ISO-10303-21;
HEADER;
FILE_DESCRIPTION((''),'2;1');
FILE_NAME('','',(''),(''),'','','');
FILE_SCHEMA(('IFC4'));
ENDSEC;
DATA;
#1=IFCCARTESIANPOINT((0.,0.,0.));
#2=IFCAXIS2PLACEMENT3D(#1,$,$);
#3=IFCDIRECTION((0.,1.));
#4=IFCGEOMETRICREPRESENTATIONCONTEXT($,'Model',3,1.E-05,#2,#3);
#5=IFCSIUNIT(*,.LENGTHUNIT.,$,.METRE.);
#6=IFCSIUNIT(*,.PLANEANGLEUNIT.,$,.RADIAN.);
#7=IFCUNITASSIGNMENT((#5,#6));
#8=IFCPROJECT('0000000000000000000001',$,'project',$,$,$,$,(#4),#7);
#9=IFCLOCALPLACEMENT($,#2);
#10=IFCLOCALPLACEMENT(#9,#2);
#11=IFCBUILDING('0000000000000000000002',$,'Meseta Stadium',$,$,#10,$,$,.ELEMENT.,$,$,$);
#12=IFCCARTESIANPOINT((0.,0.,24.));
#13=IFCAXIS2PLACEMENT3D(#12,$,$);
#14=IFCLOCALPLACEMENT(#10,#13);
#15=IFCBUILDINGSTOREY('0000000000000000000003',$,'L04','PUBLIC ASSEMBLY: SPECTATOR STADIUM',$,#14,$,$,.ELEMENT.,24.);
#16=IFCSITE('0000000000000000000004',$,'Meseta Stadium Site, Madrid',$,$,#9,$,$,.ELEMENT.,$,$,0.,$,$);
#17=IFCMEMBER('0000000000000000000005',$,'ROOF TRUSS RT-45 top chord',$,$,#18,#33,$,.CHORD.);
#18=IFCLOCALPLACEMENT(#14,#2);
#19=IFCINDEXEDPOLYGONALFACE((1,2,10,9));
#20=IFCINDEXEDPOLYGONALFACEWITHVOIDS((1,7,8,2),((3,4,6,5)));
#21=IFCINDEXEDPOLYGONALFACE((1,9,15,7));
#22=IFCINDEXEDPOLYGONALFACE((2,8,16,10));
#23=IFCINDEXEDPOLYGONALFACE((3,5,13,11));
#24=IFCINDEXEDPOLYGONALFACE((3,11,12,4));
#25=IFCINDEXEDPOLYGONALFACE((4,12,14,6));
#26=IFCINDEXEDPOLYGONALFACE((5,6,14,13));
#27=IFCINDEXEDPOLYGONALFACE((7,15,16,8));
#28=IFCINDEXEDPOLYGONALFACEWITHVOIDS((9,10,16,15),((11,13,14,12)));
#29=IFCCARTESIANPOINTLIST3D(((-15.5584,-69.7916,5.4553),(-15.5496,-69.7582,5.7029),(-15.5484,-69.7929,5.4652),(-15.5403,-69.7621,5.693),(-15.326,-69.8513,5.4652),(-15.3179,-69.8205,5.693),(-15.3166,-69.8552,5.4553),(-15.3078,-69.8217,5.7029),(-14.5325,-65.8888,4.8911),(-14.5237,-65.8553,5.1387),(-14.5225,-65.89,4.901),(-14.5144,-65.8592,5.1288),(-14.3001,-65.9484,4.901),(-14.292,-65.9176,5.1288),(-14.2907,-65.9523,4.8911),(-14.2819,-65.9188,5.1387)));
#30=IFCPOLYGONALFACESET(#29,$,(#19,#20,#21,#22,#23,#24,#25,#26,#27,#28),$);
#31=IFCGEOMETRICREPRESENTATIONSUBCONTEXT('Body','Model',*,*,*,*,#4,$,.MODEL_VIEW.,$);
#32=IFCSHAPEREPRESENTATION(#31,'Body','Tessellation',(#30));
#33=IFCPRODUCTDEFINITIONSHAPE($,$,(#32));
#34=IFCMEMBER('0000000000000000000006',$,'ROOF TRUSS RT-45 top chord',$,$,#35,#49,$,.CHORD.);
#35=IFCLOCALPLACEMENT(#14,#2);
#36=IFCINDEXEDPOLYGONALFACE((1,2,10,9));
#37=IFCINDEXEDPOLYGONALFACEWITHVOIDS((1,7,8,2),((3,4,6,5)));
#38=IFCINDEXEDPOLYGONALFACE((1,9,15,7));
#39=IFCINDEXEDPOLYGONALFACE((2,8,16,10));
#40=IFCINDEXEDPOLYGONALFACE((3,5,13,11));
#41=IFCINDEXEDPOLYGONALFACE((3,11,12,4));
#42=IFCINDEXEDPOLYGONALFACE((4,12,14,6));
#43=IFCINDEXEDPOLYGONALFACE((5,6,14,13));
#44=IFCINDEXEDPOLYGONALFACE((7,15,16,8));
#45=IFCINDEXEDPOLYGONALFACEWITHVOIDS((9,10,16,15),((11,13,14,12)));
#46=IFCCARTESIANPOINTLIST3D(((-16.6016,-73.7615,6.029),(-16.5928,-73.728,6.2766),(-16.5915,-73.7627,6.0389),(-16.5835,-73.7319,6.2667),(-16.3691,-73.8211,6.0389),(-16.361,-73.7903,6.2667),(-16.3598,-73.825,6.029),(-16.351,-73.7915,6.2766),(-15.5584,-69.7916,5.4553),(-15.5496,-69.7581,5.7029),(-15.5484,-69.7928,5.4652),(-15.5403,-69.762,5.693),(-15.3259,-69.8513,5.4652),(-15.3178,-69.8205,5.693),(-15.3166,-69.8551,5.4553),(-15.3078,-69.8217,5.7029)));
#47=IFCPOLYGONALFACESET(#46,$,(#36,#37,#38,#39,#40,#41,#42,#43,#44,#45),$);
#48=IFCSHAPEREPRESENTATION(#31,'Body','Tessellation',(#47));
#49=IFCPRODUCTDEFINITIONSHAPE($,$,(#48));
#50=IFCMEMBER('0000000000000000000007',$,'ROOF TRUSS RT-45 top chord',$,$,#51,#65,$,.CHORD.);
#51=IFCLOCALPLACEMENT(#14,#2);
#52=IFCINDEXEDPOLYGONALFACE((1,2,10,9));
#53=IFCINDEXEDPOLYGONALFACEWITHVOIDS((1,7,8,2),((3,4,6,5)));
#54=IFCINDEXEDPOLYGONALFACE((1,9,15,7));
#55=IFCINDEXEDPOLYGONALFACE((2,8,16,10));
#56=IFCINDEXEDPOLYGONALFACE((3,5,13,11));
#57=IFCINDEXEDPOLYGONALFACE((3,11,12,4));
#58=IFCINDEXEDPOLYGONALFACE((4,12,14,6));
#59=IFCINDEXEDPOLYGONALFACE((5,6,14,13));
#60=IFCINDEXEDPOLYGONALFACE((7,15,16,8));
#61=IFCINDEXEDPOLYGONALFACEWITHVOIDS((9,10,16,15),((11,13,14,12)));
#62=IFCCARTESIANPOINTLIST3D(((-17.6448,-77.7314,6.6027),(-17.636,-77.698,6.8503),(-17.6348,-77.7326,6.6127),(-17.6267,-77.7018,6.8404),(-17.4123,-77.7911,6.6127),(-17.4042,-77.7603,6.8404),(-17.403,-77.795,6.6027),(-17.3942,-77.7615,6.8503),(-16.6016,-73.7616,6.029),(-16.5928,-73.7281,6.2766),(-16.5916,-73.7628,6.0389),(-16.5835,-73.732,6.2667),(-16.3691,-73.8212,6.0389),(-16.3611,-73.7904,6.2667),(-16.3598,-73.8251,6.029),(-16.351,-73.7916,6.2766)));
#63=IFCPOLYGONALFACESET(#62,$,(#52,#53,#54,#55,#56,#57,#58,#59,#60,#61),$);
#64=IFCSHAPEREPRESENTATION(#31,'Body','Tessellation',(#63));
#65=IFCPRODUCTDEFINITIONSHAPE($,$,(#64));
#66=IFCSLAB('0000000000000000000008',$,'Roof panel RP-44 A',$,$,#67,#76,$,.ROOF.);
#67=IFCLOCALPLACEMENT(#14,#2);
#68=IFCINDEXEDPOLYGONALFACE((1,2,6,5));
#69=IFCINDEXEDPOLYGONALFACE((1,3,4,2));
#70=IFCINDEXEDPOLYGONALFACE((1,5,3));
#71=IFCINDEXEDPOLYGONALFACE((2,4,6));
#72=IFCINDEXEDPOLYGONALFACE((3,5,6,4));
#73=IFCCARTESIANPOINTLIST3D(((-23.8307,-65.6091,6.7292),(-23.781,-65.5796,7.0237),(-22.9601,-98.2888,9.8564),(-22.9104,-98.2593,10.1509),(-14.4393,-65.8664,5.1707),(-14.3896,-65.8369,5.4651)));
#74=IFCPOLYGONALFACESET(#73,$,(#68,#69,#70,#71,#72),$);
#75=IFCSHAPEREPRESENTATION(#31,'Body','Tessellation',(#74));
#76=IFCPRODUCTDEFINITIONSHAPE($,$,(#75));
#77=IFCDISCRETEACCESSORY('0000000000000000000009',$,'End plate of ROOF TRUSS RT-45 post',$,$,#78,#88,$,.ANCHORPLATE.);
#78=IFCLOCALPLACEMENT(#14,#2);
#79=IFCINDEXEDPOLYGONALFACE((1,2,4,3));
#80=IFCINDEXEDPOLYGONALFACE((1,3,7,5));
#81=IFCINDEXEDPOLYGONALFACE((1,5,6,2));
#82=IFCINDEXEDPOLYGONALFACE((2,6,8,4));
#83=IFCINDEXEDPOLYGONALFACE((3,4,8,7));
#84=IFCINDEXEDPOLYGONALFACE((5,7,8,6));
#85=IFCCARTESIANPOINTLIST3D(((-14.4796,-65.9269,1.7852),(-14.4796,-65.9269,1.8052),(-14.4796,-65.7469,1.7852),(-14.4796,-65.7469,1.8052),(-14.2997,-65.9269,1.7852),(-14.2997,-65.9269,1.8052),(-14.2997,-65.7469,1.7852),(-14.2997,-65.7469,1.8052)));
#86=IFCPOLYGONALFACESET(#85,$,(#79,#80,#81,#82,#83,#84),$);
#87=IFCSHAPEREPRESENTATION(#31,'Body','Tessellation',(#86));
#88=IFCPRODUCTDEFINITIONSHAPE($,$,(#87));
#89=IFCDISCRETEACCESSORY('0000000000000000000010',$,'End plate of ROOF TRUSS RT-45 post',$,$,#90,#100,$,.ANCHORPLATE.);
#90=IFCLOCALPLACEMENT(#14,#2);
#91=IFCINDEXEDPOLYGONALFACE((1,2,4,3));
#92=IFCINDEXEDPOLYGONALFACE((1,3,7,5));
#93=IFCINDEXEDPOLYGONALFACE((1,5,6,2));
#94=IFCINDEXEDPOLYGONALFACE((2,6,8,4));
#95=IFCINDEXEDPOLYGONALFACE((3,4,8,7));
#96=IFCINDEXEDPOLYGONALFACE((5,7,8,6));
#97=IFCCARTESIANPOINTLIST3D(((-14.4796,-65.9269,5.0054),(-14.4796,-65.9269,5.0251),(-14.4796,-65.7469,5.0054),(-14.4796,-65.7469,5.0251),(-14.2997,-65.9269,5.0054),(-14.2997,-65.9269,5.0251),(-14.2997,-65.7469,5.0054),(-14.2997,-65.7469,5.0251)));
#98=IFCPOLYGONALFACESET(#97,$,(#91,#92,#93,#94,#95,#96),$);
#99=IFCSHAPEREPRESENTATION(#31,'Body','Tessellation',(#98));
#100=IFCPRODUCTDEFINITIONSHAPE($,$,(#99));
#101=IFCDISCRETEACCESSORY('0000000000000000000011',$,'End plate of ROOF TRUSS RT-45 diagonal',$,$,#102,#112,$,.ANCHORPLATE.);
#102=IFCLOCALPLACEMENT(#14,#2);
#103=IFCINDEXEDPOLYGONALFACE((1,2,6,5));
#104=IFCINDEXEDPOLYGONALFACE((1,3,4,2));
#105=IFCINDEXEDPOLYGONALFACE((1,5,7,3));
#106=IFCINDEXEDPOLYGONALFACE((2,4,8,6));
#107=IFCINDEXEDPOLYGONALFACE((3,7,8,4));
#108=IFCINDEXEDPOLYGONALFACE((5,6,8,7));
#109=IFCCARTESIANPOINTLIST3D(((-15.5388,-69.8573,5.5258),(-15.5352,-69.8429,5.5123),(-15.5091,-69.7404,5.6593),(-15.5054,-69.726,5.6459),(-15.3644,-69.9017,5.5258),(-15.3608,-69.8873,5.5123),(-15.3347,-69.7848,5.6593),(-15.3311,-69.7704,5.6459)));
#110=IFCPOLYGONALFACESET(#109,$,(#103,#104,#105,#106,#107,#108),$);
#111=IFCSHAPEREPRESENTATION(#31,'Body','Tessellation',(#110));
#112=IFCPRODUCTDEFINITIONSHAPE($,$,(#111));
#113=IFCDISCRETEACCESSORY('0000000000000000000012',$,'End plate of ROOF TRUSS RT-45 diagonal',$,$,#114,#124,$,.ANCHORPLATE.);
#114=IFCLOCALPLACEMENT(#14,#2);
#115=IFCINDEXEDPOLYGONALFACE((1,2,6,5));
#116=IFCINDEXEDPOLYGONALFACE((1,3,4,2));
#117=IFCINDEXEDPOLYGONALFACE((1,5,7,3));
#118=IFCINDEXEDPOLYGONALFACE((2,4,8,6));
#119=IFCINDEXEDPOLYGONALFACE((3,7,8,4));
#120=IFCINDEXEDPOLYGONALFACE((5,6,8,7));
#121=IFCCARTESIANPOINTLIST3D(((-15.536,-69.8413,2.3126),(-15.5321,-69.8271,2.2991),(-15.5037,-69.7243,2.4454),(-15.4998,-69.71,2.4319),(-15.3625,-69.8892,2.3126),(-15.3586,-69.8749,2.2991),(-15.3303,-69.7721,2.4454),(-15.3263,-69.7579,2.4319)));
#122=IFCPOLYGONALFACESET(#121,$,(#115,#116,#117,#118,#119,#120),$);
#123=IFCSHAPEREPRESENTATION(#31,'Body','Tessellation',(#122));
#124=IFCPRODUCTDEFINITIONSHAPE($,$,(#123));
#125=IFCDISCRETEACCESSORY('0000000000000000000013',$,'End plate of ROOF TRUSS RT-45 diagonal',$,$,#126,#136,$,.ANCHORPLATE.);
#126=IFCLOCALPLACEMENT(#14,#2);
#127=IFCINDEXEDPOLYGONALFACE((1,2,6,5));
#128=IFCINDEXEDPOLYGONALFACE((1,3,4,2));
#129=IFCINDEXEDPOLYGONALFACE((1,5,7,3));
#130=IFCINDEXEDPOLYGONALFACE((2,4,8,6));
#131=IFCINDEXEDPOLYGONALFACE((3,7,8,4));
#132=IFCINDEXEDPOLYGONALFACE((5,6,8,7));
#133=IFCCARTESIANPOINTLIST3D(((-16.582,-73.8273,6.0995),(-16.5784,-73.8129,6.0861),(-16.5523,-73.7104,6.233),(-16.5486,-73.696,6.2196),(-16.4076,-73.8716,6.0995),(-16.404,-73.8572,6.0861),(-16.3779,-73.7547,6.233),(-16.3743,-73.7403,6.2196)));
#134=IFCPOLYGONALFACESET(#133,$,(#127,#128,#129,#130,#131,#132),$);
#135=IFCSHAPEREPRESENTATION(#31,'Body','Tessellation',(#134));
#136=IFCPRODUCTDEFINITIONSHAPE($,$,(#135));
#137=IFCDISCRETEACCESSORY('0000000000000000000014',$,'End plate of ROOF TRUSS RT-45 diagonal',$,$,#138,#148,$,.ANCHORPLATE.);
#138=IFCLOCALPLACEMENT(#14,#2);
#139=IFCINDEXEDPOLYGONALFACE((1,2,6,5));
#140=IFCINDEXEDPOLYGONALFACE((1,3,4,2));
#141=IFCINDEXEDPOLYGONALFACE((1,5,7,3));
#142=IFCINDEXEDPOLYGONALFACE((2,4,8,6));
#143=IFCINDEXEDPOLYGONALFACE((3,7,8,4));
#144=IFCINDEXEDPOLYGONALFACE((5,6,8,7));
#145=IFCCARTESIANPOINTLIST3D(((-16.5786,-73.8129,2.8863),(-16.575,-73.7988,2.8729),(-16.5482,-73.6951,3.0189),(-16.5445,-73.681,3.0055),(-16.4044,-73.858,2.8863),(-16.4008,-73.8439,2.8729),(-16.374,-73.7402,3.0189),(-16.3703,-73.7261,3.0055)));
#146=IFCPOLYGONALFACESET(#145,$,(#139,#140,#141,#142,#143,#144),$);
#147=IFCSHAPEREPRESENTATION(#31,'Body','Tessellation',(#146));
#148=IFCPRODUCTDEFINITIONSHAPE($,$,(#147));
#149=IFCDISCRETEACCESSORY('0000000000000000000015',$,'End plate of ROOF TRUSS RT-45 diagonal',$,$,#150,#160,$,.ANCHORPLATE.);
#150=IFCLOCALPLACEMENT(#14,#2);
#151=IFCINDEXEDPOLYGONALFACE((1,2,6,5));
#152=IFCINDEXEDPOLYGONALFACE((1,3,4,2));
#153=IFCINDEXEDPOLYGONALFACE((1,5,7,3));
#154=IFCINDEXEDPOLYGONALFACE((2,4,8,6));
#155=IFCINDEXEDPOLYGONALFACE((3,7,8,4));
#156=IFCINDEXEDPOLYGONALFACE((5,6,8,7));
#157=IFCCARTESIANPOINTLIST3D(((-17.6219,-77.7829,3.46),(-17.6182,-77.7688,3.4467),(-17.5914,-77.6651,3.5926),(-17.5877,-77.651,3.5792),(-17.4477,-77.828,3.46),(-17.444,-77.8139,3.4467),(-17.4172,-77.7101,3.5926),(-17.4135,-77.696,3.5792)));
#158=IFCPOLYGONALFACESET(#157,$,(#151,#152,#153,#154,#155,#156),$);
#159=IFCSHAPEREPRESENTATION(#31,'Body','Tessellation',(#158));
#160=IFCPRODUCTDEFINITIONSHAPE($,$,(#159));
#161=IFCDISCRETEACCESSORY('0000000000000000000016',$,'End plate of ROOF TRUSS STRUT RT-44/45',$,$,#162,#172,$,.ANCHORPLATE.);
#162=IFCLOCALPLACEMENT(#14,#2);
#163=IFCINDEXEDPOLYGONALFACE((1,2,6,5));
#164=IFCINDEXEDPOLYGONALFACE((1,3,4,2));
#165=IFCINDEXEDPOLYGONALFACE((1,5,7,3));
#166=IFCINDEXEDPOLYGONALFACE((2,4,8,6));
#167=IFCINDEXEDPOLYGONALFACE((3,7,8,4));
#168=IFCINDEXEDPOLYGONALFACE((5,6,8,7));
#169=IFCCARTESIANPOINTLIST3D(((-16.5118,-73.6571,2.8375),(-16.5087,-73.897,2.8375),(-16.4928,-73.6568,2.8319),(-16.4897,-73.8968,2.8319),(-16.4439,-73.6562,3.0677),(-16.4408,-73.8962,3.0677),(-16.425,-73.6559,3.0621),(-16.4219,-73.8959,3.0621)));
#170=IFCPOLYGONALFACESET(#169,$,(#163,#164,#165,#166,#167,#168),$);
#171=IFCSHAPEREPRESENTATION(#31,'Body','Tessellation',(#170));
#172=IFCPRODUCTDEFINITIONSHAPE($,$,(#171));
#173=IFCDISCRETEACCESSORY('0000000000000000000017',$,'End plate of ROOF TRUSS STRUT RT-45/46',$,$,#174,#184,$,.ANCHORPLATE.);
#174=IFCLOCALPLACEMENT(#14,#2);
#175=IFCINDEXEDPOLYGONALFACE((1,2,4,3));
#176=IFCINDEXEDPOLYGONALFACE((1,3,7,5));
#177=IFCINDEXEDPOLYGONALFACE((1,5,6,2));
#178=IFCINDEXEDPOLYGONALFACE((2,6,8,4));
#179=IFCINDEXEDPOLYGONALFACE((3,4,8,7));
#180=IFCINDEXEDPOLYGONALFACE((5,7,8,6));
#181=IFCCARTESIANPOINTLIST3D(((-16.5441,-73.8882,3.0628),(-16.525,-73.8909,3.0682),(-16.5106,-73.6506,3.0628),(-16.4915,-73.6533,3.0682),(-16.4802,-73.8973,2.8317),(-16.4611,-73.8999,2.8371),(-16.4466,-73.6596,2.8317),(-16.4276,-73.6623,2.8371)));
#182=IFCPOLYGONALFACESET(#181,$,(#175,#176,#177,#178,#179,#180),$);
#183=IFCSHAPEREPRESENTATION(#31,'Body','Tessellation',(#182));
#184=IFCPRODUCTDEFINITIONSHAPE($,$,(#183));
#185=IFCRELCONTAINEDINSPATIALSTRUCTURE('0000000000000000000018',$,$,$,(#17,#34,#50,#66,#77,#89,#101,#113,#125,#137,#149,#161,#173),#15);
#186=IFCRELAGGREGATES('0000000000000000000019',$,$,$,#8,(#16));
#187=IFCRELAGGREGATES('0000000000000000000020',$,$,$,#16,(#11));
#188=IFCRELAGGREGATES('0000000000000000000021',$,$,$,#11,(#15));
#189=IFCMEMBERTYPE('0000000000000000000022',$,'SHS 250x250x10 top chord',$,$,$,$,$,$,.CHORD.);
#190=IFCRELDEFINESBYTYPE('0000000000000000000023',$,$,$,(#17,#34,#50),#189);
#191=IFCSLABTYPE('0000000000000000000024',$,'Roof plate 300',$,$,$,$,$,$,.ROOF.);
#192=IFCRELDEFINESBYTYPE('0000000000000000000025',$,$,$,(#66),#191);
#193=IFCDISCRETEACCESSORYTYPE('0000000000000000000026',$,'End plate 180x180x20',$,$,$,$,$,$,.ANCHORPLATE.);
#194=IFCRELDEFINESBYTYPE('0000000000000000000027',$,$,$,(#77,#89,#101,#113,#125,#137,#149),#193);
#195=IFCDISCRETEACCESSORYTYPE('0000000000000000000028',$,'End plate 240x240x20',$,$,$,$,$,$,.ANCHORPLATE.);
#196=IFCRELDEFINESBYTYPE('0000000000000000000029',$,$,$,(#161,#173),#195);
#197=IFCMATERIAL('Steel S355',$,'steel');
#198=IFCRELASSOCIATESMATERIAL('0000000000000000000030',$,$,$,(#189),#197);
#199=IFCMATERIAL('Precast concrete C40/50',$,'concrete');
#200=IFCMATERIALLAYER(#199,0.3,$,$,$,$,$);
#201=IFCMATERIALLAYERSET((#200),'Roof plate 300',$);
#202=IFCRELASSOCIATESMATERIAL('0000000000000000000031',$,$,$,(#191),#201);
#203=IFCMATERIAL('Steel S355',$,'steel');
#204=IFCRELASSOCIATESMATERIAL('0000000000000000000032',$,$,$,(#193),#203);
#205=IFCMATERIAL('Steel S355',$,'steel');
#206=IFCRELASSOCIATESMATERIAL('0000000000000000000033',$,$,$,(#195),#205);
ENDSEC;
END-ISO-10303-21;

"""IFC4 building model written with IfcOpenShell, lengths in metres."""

from ifc_helpers import new_model, si_unit, direction, frame, origin, origin_2d, place, context, subcontext, project, spatial, polyline, rectangle, hollow_rectangle, outline, extrude, material, layer, layer_set, material_profile, profile_set, type_object, element, save


model = new_model("IFC4")

# Units and contexts
model_context = context("Model", 3, precision=1e-05, world=origin(), true_north=direction((0.0, 1.0)))
body_context = subcontext(model_context, "Body", "Model", "MODEL_VIEW")
ifc_project = project(units=[si_unit("LENGTHUNIT", "METRE"), si_unit("PLANEANGLEUNIT", "RADIAN")], contexts=[model_context])

# Site, building, storey
site_placement = place(None, origin())
site = spatial("IfcSite", under=ifc_project, at=site_placement, Name="Meseta Stadium Site, Madrid", CompositionType="ELEMENT", RefElevation=0.0)
building_placement = place(site_placement, origin())
building = spatial("IfcBuilding", under=site, at=building_placement, Name="Meseta Stadium", CompositionType="ELEMENT")
storey_placement = place(building_placement, frame((0.0, 0.0, 24.0)))
storey = spatial("IfcBuildingStorey", under=building, at=storey_placement, Name="L04", Description="PUBLIC ASSEMBLY: SPECTATOR STADIUM", CompositionType="ELEMENT", Elevation=24.0)

# Members
ifc_material_1 = material(Name="Steel S355", Category="steel")
ifc_material_profile_1 = material_profile(ifc_material_1, hollow_rectangle(XDim=0.25, YDim=0.25, WallThickness=0.01, at=origin_2d()), Name="SHS 250x250x10")
ifc_profile_set_1 = profile_set([ifc_material_profile_1], Name="Steel S355")
member_type_1 = type_object("IfcMemberType", Name="SHS 250x250x10 top chord", PredefinedType="CHORD", material=ifc_profile_set_1)
member_1_placement = place(storey_placement, frame((-14.4072, -65.9038, 5.0149), z_axis=(-0.25177, -0.95783, 0.138468), x_axis=(0.967147, -0.254219, 0.0)))
element("IfcMember", 1, at=member_1_placement, inside=storey, type_object=member_type_1, Name="ROOF TRUSS RT-45 top chord", PredefinedType="CHORD", context=body_context, shape_type="SweptSolid", body=[
    extrude(hollow_rectangle(XDim=0.25, YDim=0.25, WallThickness=0.01, at=origin_2d()), origin(), (0.0, 0.0, 1.0), 4.0747),
])
for number, where, z_axis, x_axis, name in (
    (2, (-15.4331, -69.8066, 5.5791), (-0.251701, -0.957854, 0.138427), (0.967165, -0.254148, 0.0), "ROOF TRUSS RT-45 top chord"),
    (3, (-16.4763, -73.7766, 6.1528), (-0.251701, -0.957854, 0.138427), (0.967165, -0.254148, 0.0), "ROOF TRUSS RT-45 top chord"),
):
    element("IfcMember", number, at=place(storey_placement, frame(where, z_axis=z_axis, x_axis=x_axis)), inside=storey, type_object=member_type_1, Name=name, PredefinedType="CHORD", context=body_context, shape_type="SweptSolid", body=[
        extrude(hollow_rectangle(XDim=0.25, YDim=0.25, WallThickness=0.01, at=origin_2d()), origin(), (0.0, 0.0, 1.0), 4.1445),
    ])

# Slab
ifc_material_2 = material(Name="Precast concrete C40/50", Category="concrete")
ifc_layer = layer(ifc_material_2, 0.3)
ifc_layer_set = layer_set([ifc_layer], Name="Roof plate 300")
slab_type = type_object("IfcSlabType", Name="Roof plate 300", PredefinedType="ROOF", material=ifc_layer_set)
slab_placement = place(storey_placement, frame((-14.3896, -65.8369, 5.4651), z_axis=(0.165549, 0.098312, 0.981289), x_axis=(-0.251727, -0.957847, 0.138431)))
element("IfcSlab", 4, at=slab_placement, inside=storey, type_object=slab_type, Name="Roof panel RP-44 A", PredefinedType="ROOF", context=body_context, shape_type="SweptSolid", body=[
    extrude(outline(polyline([(0.0, 0.0), (33.8492, 0.0), (2.3333, -9.233), (0.0, 0.0)])), origin(), (0.0, 0.0, -1.0), 0.3),
])

# Discrete accessories
ifc_material_3 = material(Name="Steel S355", Category="steel")
ifc_material_profile_2 = material_profile(ifc_material_3, rectangle(XDim=0.1799, YDim=0.1799, at=origin_2d()), Name="PL 180x180")
ifc_profile_set_2 = profile_set([ifc_material_profile_2], Name="Steel S355")
discrete_accessory_type_1 = type_object("IfcDiscreteAccessoryType", Name="End plate 180x180x20", PredefinedType="ANCHORPLATE", material=ifc_profile_set_2)
discrete_accessory_1_placement = place(storey_placement, frame((-14.3896, -65.8369, 1.7852), z_axis=(0.0, 0.0, 1.0), x_axis=(1.0, 0.0, 0.0)))
element("IfcDiscreteAccessory", 5, at=discrete_accessory_1_placement, inside=storey, type_object=discrete_accessory_type_1, Name="End plate of ROOF TRUSS RT-45 post", PredefinedType="ANCHORPLATE", context=body_context, shape_type="SweptSolid", body=[
    extrude(rectangle(XDim=0.1799, YDim=0.1799, at=origin_2d()), origin(), (0.0, 0.0, 1.0), 0.02),
])
discrete_accessory_2_placement = place(storey_placement, frame((-14.3896, -65.8369, 5.0054), z_axis=(0.0, 0.0, 1.0), x_axis=(1.0, 0.0, 0.0)))
element("IfcDiscreteAccessory", 6, at=discrete_accessory_2_placement, inside=storey, type_object=discrete_accessory_type_1, Name="End plate of ROOF TRUSS RT-45 post", PredefinedType="ANCHORPLATE", context=body_context, shape_type="SweptSolid", body=[
    extrude(rectangle(XDim=0.1799, YDim=0.1799, at=origin_2d()), origin(), (0.0, 0.0, 1.0), 0.0198),
])
for number, where, z_axis, x_axis, name in (
    (7, (-15.4331, -69.8066, 5.5791), (-0.182832, -0.719138, 0.670383), (0.969169, -0.246399, 0.0), "End plate of ROOF TRUSS RT-45 diagonal"),
    (8, (-15.4292, -69.7925, 2.3655), (-0.196278, -0.711509, 0.674707), (0.963993, -0.265929, 0.0), "End plate of ROOF TRUSS RT-45 diagonal"),
    (9, (-16.4763, -73.7766, 6.1528), (-0.182832, -0.719138, 0.670383), (0.969169, -0.246399, 0.0), "End plate of ROOF TRUSS RT-45 diagonal"),
):
    element("IfcDiscreteAccessory", number, at=place(storey_placement, frame(where, z_axis=z_axis, x_axis=x_axis)), inside=storey, type_object=discrete_accessory_type_1, Name=name, PredefinedType="ANCHORPLATE", context=body_context, shape_type="SweptSolid", body=[
        extrude(rectangle(XDim=0.1799, YDim=0.1799, at=origin_2d()), origin(), (0.0, 0.0, 1.0), 0.02),
    ])
for number, where, z_axis, x_axis, name in (
    (10, (-16.4727, -73.7625, 2.9392), (-0.184442, -0.713175, 0.676286), (0.968147, -0.250383, 0.0), "End plate of ROOF TRUSS RT-45 diagonal"),
    (11, (-17.5159, -77.7324, 3.5129), (-0.184442, -0.713175, 0.676286), (0.968147, -0.250383, 0.0), "End plate of ROOF TRUSS RT-45 diagonal"),
):
    element("IfcDiscreteAccessory", number, at=place(storey_placement, frame(where, z_axis=z_axis, x_axis=x_axis)), inside=storey, type_object=discrete_accessory_type_1, Name=name, PredefinedType="ANCHORPLATE", context=body_context, shape_type="SweptSolid", body=[
        extrude(rectangle(XDim=0.1799, YDim=0.1799, at=origin_2d()), origin(), (0.0, 0.0, 1.0), 0.0198),
    ])
ifc_material_4 = material(Name="Steel S355", Category="steel")
ifc_material_profile_3 = material_profile(ifc_material_4, rectangle(XDim=0.24, YDim=0.24, at=origin_2d()), Name="PL 240x240")
ifc_profile_set_3 = profile_set([ifc_material_profile_3], Name="Steel S355")
discrete_accessory_type_2 = type_object("IfcDiscreteAccessoryType", Name="End plate 240x240x20", PredefinedType="ANCHORPLATE", material=ifc_profile_set_3)
discrete_accessory_3_placement = place(storey_placement, frame((-16.4763, -73.7766, 2.9526), z_axis=(0.959097, 0.012296, -0.282811), x_axis=(-0.012819, 0.999918, 0.0)))
element("IfcDiscreteAccessory", 12, at=discrete_accessory_3_placement, inside=storey, type_object=discrete_accessory_type_2, Name="End plate of ROOF TRUSS STRUT RT-44/45", PredefinedType="ANCHORPLATE", context=body_context, shape_type="SweptSolid", body=[
    extrude(rectangle(XDim=0.24, YDim=0.24, at=origin_2d()), origin(), (0.0, 0.0, 1.0), 0.0198),
])
discrete_accessory_4_placement = place(storey_placement, frame((-16.4954, -73.7739, 2.9473), z_axis=(0.953705, -0.134497, 0.268994), x_axis=(0.139644, 0.990202, 0.0)))
element("IfcDiscreteAccessory", 13, at=discrete_accessory_4_placement, inside=storey, type_object=discrete_accessory_type_2, Name="End plate of ROOF TRUSS STRUT RT-45/46", PredefinedType="ANCHORPLATE", context=body_context, shape_type="SweptSolid", body=[
    extrude(rectangle(XDim=0.24, YDim=0.24, at=origin_2d()), origin(), (0.0, 0.0, 1.0), 0.02),
])

save(model, "model.ifc")
